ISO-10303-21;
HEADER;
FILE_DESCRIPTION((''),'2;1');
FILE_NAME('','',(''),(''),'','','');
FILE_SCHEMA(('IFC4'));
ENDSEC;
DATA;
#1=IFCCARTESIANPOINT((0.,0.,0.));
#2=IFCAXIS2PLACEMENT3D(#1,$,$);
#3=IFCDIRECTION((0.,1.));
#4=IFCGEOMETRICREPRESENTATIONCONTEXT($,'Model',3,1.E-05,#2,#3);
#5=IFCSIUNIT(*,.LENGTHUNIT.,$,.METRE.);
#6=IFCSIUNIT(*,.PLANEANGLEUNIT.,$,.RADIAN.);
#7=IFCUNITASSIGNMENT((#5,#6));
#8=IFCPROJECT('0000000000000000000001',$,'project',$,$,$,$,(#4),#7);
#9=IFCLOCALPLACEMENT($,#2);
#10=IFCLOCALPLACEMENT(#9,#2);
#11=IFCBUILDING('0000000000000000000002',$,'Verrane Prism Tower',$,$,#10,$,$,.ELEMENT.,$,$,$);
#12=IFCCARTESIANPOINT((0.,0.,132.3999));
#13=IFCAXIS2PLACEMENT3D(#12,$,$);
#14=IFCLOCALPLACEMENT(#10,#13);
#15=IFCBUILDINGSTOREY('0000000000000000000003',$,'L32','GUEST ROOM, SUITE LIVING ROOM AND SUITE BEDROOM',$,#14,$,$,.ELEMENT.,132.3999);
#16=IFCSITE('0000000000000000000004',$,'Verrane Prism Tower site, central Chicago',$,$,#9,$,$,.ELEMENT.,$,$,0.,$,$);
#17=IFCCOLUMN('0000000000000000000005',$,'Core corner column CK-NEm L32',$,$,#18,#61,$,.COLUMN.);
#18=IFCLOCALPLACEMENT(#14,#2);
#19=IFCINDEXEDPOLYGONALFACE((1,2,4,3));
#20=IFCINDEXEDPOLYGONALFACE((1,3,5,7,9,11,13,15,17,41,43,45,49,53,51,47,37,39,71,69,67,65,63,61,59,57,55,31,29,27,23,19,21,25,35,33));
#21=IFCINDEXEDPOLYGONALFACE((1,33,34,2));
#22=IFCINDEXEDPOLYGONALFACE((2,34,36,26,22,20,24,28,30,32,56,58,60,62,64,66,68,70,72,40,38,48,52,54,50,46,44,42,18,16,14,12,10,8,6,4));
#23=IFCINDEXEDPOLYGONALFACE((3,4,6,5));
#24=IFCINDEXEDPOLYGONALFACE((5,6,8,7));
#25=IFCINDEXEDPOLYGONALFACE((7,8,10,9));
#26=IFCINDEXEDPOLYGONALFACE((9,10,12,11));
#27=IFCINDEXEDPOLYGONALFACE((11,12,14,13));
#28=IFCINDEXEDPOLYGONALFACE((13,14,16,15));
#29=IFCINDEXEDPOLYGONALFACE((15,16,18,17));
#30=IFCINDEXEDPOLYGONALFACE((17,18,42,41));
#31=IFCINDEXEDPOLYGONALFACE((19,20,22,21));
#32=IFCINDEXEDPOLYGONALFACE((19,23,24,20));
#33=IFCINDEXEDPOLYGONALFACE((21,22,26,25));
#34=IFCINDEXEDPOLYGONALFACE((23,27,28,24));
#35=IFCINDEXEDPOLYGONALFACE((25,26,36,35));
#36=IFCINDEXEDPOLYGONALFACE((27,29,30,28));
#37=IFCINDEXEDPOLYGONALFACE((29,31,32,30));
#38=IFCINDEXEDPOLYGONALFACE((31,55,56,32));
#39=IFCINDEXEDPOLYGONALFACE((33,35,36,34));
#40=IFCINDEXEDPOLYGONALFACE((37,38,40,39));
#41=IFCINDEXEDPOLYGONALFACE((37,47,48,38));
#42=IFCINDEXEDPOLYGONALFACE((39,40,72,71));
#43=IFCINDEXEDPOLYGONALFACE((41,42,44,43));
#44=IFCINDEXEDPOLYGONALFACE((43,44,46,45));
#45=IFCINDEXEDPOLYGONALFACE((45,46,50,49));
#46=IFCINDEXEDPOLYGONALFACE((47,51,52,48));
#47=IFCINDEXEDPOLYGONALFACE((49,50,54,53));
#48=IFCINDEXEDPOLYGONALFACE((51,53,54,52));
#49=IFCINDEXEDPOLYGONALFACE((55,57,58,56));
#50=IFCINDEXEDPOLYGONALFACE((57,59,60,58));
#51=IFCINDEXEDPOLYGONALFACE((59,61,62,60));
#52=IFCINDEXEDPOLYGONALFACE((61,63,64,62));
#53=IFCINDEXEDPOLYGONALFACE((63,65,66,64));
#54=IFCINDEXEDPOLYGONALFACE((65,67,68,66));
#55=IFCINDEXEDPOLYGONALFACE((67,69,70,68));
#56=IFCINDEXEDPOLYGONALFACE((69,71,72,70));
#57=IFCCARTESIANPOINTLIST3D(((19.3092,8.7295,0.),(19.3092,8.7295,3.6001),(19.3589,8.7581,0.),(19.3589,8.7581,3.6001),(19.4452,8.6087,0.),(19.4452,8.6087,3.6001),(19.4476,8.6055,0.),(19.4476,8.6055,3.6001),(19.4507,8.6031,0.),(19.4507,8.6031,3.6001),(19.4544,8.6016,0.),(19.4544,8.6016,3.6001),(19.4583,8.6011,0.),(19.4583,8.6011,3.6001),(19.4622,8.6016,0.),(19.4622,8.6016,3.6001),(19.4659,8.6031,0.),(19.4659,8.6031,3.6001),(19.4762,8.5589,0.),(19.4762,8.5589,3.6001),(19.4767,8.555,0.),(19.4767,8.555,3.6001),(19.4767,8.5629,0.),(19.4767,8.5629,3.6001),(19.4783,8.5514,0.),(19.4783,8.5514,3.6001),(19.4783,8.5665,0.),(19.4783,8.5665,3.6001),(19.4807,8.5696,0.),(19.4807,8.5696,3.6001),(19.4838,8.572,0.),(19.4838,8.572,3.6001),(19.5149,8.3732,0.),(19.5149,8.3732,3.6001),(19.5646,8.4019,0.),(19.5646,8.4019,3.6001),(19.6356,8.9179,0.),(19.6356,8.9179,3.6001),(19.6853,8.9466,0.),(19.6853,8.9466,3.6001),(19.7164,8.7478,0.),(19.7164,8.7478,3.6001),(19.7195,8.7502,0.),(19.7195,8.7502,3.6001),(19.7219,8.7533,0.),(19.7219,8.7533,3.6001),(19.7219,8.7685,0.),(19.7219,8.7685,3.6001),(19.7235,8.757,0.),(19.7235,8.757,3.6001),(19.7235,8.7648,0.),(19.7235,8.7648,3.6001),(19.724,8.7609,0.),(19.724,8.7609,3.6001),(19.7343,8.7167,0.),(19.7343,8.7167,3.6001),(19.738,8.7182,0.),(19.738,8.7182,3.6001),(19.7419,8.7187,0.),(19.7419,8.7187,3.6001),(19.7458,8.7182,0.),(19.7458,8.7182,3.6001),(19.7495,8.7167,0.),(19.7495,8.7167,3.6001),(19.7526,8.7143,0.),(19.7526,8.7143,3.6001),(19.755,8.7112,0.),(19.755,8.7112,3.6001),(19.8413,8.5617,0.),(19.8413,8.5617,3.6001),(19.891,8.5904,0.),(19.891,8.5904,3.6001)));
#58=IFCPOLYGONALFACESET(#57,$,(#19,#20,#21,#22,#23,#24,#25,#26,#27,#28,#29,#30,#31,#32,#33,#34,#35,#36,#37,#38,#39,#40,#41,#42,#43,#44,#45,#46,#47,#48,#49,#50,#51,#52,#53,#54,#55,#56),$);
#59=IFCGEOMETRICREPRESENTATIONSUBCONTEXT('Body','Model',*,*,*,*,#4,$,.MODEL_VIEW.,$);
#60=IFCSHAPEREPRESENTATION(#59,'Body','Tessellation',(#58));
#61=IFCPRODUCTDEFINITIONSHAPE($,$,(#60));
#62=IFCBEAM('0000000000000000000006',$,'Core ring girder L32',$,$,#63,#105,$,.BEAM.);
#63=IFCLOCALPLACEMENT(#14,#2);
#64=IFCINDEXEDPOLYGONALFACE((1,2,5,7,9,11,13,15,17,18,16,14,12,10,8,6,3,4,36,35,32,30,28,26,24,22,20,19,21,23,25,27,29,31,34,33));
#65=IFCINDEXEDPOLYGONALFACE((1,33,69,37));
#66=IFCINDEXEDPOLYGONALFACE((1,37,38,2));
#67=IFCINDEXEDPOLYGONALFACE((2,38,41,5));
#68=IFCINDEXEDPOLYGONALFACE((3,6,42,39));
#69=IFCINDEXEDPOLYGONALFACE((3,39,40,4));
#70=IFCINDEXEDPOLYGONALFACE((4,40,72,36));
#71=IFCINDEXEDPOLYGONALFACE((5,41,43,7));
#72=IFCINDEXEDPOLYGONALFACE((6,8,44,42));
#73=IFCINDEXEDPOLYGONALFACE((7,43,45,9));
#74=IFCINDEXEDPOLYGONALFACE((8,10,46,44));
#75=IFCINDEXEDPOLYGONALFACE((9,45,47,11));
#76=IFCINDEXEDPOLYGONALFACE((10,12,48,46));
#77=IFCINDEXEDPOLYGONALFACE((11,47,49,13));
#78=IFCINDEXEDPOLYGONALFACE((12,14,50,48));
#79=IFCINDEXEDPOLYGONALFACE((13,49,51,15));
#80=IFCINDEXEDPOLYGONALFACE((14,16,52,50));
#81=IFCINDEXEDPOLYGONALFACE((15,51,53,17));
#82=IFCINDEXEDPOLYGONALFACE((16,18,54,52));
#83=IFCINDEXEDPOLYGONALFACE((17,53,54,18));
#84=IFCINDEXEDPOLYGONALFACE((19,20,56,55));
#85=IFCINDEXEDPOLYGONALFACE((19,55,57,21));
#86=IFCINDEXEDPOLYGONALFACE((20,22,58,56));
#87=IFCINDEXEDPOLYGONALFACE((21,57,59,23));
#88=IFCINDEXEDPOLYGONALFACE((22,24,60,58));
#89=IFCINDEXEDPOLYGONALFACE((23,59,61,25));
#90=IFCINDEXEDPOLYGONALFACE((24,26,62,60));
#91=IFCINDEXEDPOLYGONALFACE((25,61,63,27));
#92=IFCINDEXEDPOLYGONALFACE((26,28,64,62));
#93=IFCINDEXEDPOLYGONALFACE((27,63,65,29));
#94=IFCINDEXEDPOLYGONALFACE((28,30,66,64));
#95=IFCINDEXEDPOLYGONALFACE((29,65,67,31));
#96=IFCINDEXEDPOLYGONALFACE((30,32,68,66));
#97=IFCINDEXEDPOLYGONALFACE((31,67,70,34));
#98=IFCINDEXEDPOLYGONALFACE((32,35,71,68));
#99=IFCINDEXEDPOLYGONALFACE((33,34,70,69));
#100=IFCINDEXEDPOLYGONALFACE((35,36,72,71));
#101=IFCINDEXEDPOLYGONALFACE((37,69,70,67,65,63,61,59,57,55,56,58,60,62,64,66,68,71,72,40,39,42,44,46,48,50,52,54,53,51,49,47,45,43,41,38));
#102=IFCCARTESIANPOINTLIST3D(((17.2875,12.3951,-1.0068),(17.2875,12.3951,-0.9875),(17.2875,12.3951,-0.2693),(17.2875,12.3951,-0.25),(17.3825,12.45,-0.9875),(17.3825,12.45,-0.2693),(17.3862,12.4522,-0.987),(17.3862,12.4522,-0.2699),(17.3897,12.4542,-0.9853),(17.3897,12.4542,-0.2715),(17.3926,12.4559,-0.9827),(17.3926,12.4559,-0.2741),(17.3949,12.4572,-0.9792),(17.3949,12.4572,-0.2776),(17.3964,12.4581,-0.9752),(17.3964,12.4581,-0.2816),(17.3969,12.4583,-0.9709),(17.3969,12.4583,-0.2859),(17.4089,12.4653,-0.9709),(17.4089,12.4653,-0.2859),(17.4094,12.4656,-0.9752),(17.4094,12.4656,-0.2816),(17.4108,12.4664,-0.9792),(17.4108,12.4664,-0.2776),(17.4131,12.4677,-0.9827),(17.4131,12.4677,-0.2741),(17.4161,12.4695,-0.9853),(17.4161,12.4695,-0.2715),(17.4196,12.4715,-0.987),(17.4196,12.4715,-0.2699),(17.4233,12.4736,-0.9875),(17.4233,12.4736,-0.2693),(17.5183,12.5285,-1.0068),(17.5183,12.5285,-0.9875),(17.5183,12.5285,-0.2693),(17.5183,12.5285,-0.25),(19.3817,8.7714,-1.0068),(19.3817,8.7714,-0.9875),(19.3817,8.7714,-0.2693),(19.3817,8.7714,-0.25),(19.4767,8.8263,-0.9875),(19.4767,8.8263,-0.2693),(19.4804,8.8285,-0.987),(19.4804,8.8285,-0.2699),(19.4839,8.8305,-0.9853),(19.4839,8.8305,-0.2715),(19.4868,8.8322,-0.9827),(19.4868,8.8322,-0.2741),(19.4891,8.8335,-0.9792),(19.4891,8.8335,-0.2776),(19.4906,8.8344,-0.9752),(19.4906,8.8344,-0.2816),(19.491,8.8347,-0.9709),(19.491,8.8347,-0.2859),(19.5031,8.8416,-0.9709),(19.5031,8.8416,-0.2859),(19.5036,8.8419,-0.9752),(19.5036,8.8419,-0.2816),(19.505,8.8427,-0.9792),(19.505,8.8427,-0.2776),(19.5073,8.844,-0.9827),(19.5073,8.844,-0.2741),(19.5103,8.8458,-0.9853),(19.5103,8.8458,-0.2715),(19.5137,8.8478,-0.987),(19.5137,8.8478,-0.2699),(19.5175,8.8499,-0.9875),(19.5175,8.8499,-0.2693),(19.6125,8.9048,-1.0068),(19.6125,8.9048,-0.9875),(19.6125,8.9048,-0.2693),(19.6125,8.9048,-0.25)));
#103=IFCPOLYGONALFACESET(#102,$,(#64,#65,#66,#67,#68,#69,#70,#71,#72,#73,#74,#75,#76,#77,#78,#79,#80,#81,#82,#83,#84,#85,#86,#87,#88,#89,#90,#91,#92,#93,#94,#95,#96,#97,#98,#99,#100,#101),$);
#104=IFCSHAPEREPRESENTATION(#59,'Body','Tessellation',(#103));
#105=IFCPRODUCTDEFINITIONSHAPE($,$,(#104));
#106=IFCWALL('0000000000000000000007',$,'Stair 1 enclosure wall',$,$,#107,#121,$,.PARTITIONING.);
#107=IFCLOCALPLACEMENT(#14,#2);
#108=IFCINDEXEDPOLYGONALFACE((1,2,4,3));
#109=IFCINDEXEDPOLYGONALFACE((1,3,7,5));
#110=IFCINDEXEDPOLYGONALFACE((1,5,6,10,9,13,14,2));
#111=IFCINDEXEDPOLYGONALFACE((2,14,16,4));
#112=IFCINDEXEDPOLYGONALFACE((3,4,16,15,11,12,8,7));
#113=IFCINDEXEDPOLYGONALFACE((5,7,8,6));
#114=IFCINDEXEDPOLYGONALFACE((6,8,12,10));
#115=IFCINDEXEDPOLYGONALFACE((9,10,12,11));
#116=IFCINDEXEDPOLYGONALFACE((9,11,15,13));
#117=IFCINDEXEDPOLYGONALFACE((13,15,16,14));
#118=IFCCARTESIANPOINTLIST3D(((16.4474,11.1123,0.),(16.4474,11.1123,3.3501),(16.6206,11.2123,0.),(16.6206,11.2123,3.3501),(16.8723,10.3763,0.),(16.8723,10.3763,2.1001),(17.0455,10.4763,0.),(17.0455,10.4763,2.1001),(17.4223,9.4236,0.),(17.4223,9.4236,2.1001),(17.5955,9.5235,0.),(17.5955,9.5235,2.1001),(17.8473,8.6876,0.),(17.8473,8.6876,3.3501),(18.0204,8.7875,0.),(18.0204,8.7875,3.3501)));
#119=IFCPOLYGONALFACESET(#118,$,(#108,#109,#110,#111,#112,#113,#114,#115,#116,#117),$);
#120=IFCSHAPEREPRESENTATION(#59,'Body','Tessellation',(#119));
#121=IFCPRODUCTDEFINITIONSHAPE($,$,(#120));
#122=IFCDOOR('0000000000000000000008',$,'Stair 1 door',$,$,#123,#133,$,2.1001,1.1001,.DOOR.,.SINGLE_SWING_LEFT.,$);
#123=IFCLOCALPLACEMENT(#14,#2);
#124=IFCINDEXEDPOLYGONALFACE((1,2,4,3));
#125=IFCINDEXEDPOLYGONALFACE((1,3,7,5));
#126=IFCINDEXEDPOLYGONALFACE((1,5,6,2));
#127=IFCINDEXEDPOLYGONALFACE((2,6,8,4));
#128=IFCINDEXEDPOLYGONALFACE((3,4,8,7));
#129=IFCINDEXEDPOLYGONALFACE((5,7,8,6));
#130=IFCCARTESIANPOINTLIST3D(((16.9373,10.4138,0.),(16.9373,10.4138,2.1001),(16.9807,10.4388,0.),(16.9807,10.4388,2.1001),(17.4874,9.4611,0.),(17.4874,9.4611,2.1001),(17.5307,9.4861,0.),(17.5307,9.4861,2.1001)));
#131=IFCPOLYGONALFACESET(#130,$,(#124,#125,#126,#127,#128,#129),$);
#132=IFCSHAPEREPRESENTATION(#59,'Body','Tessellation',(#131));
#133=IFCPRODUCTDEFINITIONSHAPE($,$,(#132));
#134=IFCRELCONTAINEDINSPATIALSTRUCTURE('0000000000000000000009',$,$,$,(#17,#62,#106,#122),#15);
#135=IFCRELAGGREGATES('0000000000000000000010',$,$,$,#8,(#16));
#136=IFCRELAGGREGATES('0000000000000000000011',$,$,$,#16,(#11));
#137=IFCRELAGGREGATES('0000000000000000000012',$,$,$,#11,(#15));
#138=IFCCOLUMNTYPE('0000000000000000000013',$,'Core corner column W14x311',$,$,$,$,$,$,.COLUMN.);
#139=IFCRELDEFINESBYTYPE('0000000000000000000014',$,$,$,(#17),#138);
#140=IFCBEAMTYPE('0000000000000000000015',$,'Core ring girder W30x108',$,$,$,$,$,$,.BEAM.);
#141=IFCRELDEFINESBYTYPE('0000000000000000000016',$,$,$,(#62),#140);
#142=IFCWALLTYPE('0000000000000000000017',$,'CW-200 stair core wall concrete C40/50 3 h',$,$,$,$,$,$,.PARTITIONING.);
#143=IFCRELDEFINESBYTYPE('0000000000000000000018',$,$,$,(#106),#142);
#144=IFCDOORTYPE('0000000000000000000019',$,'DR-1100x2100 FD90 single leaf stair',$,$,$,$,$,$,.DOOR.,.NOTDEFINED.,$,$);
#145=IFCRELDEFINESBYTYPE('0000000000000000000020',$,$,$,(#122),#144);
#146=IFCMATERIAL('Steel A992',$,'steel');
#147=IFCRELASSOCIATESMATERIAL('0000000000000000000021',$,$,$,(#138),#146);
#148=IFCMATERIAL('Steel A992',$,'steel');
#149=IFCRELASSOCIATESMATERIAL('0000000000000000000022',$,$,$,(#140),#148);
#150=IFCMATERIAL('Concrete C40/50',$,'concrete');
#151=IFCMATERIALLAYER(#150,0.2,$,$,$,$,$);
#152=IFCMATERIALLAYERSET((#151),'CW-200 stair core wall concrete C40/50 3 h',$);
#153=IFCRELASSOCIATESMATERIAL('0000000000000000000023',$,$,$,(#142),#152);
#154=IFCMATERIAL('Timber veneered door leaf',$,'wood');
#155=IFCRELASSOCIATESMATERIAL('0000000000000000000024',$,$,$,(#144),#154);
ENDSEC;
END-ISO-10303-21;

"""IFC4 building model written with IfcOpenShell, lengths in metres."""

from ifc_helpers import new_model, si_unit, direction, frame, frame_2d, origin, origin_2d, place, context, subcontext, project, spatial, rectangle, i_section, extrude, material, layer, layer_set, material_profile, profile_set, type_object, element, fill, save


model = new_model("IFC4")

# Units and contexts
model_context = context("Model", 3, precision=1e-05, world=origin(), true_north=direction((0.0, 1.0)))
body_context = subcontext(model_context, "Body", "Model", "MODEL_VIEW")
ifc_project = project(units=[si_unit("LENGTHUNIT", "METRE"), si_unit("PLANEANGLEUNIT", "RADIAN")], contexts=[model_context])

# Site, building, storey
site_placement = place(None, origin())
site = spatial("IfcSite", under=ifc_project, at=site_placement, Name="Verrane Prism Tower site, central Chicago", CompositionType="ELEMENT", RefElevation=0.0)
building_placement = place(site_placement, origin())
building = spatial("IfcBuilding", under=site, at=building_placement, Name="Verrane Prism Tower", CompositionType="ELEMENT")
storey_placement = place(building_placement, frame((0.0, 0.0, 132.3999)))
storey = spatial("IfcBuildingStorey", under=building, at=storey_placement, Name="L32", Description="GUEST ROOM, SUITE LIVING ROOM AND SUITE BEDROOM", CompositionType="ELEMENT", Elevation=132.3999)

# Column
ifc_material_1 = material(Name="Steel A992", Category="steel")
ifc_material_profile_1 = material_profile(ifc_material_1, i_section(OverallWidth=0.4114, OverallDepth=0.4343, WebThickness=0.0359, FlangeThickness=0.0574, FilletRadius=0.0151, at=origin_2d()), Name="W14x311")
ifc_profile_set_1 = profile_set([ifc_material_profile_1], Name="Steel A992")
column_type = type_object("IfcColumnType", Name="Core corner column W14x311", PredefinedType="COLUMN", material=ifc_profile_set_1)
column_placement = place(storey_placement, frame((19.6001, 8.6599, 0.0), z_axis=(0.0, 0.0, 1.0), x_axis=(0.5, -0.866025, 0.0)))
element("IfcColumn", 1, at=column_placement, inside=storey, type_object=column_type, Name="Core corner column CK-NEm L32", PredefinedType="COLUMN", context=body_context, shape_type="SweptSolid", body=[
    extrude(i_section(OverallWidth=0.4114, OverallDepth=0.4343, WebThickness=0.0359, FlangeThickness=0.0574, FilletRadius=0.0151, at=origin_2d()), origin(), (0.0, 0.0, 1.0), 3.6001),
])

# Beam
ifc_material_2 = material(Name="Steel A992", Category="steel")
ifc_material_profile_2 = material_profile(ifc_material_2, i_section(OverallWidth=0.2666, OverallDepth=0.7568, WebThickness=0.0139, FlangeThickness=0.0193, FilletRadius=0.0166, at=origin_2d()), Name="W30x108")
ifc_profile_set_2 = profile_set([ifc_material_profile_2], Name="Steel A992")
beam_type = type_object("IfcBeamType", Name="Core ring girder W30x108", PredefinedType="BEAM", material=ifc_profile_set_2)
beam_placement = place(storey_placement, frame((19.4971, 8.8381, -0.6284), z_axis=(-0.500367, 0.865813, 0.0), x_axis=(-0.865813, -0.500367, 0.0)))
element("IfcBeam", 2, at=beam_placement, inside=storey, type_object=beam_type, Name="Core ring girder L32", PredefinedType="BEAM", context=body_context, shape_type="SweptSolid", body=[
    extrude(i_section(OverallWidth=0.2666, OverallDepth=0.7568, WebThickness=0.0139, FlangeThickness=0.0193, FilletRadius=0.0166, at=origin_2d()), origin(), (0.0, 0.0, 1.0), 4.1853),
])

# Wall, opening, door
ifc_material_3 = material(Name="Concrete C40/50", Category="concrete")
ifc_layer_1 = layer(ifc_material_3, 0.2)
ifc_layer_set_1 = layer_set([ifc_layer_1], Name="CW-200 stair core wall concrete C40/50 3 h")
wall_type_1 = type_object("IfcWallType", Name="CW-200 stair core wall concrete C40/50 3 h", PredefinedType="PARTITIONING", material=ifc_layer_set_1)
wall_1_placement = place(storey_placement, frame((17.9338, 8.7375, 0.0), z_axis=(0.0, 0.0, 1.0), x_axis=(-0.499984, 0.866035, 0.0)))
wall_1 = element("IfcWall", 3, at=wall_1_placement, inside=storey, type_object=wall_type_1, Name="Stair 1 enclosure wall", PredefinedType="PARTITIONING", context=body_context, shape_type="SweptSolid", body=[
    extrude(rectangle(XDim=2.7998, YDim=0.2, at=frame_2d((1.3999, 0.0))), origin(), (0.0, 0.0, 1.0), 3.3501),
])
opening_1_placement = place(wall_1_placement, frame((0.8499, 0.0, 0.0)))
opening_1 = element("IfcOpeningElement", 4, at=opening_1_placement, cuts=wall_1, PredefinedType="OPENING", context=body_context, shape_type="SweptSolid", body=[
    extrude(rectangle(XDim=1.1001, YDim=2.1001, at=frame_2d((0.55, 1.05))), frame((0.0, 0.1099, 0.0), z_axis=(0.0, -1.0, 0.0), x_axis=(1.0, 0.0, 0.0)), (0.0, 0.0, 1.0), 0.22),
])
ifc_material_4 = material(Name="Timber veneered door leaf", Category="wood")
door_type_1 = type_object("IfcDoorType", Name="DR-1100x2100 FD90 single leaf stair", OperationType="NOTDEFINED", PredefinedType="DOOR", material=ifc_material_4)
door_1_placement = place(opening_1_placement, origin())
door_1 = element("IfcDoor", 5, at=door_1_placement, inside=storey, type_object=door_type_1, Name="Stair 1 door", OperationType="SINGLE_SWING_LEFT", OverallHeight=2.1001, OverallWidth=1.1001, PredefinedType="DOOR", context=body_context, shape_type="SweptSolid", body=[
    extrude(rectangle(XDim=1.1001, YDim=2.1001, at=frame_2d((0.55, 1.05))), frame((0.0, 0.0249, 0.0), z_axis=(0.0, -1.0, 0.0), x_axis=(1.0, 0.0, 0.0)), (0.0, 0.0, 1.0), 0.05),
])
fill(opening_1, door_1)

save(model, "model.ifc")
